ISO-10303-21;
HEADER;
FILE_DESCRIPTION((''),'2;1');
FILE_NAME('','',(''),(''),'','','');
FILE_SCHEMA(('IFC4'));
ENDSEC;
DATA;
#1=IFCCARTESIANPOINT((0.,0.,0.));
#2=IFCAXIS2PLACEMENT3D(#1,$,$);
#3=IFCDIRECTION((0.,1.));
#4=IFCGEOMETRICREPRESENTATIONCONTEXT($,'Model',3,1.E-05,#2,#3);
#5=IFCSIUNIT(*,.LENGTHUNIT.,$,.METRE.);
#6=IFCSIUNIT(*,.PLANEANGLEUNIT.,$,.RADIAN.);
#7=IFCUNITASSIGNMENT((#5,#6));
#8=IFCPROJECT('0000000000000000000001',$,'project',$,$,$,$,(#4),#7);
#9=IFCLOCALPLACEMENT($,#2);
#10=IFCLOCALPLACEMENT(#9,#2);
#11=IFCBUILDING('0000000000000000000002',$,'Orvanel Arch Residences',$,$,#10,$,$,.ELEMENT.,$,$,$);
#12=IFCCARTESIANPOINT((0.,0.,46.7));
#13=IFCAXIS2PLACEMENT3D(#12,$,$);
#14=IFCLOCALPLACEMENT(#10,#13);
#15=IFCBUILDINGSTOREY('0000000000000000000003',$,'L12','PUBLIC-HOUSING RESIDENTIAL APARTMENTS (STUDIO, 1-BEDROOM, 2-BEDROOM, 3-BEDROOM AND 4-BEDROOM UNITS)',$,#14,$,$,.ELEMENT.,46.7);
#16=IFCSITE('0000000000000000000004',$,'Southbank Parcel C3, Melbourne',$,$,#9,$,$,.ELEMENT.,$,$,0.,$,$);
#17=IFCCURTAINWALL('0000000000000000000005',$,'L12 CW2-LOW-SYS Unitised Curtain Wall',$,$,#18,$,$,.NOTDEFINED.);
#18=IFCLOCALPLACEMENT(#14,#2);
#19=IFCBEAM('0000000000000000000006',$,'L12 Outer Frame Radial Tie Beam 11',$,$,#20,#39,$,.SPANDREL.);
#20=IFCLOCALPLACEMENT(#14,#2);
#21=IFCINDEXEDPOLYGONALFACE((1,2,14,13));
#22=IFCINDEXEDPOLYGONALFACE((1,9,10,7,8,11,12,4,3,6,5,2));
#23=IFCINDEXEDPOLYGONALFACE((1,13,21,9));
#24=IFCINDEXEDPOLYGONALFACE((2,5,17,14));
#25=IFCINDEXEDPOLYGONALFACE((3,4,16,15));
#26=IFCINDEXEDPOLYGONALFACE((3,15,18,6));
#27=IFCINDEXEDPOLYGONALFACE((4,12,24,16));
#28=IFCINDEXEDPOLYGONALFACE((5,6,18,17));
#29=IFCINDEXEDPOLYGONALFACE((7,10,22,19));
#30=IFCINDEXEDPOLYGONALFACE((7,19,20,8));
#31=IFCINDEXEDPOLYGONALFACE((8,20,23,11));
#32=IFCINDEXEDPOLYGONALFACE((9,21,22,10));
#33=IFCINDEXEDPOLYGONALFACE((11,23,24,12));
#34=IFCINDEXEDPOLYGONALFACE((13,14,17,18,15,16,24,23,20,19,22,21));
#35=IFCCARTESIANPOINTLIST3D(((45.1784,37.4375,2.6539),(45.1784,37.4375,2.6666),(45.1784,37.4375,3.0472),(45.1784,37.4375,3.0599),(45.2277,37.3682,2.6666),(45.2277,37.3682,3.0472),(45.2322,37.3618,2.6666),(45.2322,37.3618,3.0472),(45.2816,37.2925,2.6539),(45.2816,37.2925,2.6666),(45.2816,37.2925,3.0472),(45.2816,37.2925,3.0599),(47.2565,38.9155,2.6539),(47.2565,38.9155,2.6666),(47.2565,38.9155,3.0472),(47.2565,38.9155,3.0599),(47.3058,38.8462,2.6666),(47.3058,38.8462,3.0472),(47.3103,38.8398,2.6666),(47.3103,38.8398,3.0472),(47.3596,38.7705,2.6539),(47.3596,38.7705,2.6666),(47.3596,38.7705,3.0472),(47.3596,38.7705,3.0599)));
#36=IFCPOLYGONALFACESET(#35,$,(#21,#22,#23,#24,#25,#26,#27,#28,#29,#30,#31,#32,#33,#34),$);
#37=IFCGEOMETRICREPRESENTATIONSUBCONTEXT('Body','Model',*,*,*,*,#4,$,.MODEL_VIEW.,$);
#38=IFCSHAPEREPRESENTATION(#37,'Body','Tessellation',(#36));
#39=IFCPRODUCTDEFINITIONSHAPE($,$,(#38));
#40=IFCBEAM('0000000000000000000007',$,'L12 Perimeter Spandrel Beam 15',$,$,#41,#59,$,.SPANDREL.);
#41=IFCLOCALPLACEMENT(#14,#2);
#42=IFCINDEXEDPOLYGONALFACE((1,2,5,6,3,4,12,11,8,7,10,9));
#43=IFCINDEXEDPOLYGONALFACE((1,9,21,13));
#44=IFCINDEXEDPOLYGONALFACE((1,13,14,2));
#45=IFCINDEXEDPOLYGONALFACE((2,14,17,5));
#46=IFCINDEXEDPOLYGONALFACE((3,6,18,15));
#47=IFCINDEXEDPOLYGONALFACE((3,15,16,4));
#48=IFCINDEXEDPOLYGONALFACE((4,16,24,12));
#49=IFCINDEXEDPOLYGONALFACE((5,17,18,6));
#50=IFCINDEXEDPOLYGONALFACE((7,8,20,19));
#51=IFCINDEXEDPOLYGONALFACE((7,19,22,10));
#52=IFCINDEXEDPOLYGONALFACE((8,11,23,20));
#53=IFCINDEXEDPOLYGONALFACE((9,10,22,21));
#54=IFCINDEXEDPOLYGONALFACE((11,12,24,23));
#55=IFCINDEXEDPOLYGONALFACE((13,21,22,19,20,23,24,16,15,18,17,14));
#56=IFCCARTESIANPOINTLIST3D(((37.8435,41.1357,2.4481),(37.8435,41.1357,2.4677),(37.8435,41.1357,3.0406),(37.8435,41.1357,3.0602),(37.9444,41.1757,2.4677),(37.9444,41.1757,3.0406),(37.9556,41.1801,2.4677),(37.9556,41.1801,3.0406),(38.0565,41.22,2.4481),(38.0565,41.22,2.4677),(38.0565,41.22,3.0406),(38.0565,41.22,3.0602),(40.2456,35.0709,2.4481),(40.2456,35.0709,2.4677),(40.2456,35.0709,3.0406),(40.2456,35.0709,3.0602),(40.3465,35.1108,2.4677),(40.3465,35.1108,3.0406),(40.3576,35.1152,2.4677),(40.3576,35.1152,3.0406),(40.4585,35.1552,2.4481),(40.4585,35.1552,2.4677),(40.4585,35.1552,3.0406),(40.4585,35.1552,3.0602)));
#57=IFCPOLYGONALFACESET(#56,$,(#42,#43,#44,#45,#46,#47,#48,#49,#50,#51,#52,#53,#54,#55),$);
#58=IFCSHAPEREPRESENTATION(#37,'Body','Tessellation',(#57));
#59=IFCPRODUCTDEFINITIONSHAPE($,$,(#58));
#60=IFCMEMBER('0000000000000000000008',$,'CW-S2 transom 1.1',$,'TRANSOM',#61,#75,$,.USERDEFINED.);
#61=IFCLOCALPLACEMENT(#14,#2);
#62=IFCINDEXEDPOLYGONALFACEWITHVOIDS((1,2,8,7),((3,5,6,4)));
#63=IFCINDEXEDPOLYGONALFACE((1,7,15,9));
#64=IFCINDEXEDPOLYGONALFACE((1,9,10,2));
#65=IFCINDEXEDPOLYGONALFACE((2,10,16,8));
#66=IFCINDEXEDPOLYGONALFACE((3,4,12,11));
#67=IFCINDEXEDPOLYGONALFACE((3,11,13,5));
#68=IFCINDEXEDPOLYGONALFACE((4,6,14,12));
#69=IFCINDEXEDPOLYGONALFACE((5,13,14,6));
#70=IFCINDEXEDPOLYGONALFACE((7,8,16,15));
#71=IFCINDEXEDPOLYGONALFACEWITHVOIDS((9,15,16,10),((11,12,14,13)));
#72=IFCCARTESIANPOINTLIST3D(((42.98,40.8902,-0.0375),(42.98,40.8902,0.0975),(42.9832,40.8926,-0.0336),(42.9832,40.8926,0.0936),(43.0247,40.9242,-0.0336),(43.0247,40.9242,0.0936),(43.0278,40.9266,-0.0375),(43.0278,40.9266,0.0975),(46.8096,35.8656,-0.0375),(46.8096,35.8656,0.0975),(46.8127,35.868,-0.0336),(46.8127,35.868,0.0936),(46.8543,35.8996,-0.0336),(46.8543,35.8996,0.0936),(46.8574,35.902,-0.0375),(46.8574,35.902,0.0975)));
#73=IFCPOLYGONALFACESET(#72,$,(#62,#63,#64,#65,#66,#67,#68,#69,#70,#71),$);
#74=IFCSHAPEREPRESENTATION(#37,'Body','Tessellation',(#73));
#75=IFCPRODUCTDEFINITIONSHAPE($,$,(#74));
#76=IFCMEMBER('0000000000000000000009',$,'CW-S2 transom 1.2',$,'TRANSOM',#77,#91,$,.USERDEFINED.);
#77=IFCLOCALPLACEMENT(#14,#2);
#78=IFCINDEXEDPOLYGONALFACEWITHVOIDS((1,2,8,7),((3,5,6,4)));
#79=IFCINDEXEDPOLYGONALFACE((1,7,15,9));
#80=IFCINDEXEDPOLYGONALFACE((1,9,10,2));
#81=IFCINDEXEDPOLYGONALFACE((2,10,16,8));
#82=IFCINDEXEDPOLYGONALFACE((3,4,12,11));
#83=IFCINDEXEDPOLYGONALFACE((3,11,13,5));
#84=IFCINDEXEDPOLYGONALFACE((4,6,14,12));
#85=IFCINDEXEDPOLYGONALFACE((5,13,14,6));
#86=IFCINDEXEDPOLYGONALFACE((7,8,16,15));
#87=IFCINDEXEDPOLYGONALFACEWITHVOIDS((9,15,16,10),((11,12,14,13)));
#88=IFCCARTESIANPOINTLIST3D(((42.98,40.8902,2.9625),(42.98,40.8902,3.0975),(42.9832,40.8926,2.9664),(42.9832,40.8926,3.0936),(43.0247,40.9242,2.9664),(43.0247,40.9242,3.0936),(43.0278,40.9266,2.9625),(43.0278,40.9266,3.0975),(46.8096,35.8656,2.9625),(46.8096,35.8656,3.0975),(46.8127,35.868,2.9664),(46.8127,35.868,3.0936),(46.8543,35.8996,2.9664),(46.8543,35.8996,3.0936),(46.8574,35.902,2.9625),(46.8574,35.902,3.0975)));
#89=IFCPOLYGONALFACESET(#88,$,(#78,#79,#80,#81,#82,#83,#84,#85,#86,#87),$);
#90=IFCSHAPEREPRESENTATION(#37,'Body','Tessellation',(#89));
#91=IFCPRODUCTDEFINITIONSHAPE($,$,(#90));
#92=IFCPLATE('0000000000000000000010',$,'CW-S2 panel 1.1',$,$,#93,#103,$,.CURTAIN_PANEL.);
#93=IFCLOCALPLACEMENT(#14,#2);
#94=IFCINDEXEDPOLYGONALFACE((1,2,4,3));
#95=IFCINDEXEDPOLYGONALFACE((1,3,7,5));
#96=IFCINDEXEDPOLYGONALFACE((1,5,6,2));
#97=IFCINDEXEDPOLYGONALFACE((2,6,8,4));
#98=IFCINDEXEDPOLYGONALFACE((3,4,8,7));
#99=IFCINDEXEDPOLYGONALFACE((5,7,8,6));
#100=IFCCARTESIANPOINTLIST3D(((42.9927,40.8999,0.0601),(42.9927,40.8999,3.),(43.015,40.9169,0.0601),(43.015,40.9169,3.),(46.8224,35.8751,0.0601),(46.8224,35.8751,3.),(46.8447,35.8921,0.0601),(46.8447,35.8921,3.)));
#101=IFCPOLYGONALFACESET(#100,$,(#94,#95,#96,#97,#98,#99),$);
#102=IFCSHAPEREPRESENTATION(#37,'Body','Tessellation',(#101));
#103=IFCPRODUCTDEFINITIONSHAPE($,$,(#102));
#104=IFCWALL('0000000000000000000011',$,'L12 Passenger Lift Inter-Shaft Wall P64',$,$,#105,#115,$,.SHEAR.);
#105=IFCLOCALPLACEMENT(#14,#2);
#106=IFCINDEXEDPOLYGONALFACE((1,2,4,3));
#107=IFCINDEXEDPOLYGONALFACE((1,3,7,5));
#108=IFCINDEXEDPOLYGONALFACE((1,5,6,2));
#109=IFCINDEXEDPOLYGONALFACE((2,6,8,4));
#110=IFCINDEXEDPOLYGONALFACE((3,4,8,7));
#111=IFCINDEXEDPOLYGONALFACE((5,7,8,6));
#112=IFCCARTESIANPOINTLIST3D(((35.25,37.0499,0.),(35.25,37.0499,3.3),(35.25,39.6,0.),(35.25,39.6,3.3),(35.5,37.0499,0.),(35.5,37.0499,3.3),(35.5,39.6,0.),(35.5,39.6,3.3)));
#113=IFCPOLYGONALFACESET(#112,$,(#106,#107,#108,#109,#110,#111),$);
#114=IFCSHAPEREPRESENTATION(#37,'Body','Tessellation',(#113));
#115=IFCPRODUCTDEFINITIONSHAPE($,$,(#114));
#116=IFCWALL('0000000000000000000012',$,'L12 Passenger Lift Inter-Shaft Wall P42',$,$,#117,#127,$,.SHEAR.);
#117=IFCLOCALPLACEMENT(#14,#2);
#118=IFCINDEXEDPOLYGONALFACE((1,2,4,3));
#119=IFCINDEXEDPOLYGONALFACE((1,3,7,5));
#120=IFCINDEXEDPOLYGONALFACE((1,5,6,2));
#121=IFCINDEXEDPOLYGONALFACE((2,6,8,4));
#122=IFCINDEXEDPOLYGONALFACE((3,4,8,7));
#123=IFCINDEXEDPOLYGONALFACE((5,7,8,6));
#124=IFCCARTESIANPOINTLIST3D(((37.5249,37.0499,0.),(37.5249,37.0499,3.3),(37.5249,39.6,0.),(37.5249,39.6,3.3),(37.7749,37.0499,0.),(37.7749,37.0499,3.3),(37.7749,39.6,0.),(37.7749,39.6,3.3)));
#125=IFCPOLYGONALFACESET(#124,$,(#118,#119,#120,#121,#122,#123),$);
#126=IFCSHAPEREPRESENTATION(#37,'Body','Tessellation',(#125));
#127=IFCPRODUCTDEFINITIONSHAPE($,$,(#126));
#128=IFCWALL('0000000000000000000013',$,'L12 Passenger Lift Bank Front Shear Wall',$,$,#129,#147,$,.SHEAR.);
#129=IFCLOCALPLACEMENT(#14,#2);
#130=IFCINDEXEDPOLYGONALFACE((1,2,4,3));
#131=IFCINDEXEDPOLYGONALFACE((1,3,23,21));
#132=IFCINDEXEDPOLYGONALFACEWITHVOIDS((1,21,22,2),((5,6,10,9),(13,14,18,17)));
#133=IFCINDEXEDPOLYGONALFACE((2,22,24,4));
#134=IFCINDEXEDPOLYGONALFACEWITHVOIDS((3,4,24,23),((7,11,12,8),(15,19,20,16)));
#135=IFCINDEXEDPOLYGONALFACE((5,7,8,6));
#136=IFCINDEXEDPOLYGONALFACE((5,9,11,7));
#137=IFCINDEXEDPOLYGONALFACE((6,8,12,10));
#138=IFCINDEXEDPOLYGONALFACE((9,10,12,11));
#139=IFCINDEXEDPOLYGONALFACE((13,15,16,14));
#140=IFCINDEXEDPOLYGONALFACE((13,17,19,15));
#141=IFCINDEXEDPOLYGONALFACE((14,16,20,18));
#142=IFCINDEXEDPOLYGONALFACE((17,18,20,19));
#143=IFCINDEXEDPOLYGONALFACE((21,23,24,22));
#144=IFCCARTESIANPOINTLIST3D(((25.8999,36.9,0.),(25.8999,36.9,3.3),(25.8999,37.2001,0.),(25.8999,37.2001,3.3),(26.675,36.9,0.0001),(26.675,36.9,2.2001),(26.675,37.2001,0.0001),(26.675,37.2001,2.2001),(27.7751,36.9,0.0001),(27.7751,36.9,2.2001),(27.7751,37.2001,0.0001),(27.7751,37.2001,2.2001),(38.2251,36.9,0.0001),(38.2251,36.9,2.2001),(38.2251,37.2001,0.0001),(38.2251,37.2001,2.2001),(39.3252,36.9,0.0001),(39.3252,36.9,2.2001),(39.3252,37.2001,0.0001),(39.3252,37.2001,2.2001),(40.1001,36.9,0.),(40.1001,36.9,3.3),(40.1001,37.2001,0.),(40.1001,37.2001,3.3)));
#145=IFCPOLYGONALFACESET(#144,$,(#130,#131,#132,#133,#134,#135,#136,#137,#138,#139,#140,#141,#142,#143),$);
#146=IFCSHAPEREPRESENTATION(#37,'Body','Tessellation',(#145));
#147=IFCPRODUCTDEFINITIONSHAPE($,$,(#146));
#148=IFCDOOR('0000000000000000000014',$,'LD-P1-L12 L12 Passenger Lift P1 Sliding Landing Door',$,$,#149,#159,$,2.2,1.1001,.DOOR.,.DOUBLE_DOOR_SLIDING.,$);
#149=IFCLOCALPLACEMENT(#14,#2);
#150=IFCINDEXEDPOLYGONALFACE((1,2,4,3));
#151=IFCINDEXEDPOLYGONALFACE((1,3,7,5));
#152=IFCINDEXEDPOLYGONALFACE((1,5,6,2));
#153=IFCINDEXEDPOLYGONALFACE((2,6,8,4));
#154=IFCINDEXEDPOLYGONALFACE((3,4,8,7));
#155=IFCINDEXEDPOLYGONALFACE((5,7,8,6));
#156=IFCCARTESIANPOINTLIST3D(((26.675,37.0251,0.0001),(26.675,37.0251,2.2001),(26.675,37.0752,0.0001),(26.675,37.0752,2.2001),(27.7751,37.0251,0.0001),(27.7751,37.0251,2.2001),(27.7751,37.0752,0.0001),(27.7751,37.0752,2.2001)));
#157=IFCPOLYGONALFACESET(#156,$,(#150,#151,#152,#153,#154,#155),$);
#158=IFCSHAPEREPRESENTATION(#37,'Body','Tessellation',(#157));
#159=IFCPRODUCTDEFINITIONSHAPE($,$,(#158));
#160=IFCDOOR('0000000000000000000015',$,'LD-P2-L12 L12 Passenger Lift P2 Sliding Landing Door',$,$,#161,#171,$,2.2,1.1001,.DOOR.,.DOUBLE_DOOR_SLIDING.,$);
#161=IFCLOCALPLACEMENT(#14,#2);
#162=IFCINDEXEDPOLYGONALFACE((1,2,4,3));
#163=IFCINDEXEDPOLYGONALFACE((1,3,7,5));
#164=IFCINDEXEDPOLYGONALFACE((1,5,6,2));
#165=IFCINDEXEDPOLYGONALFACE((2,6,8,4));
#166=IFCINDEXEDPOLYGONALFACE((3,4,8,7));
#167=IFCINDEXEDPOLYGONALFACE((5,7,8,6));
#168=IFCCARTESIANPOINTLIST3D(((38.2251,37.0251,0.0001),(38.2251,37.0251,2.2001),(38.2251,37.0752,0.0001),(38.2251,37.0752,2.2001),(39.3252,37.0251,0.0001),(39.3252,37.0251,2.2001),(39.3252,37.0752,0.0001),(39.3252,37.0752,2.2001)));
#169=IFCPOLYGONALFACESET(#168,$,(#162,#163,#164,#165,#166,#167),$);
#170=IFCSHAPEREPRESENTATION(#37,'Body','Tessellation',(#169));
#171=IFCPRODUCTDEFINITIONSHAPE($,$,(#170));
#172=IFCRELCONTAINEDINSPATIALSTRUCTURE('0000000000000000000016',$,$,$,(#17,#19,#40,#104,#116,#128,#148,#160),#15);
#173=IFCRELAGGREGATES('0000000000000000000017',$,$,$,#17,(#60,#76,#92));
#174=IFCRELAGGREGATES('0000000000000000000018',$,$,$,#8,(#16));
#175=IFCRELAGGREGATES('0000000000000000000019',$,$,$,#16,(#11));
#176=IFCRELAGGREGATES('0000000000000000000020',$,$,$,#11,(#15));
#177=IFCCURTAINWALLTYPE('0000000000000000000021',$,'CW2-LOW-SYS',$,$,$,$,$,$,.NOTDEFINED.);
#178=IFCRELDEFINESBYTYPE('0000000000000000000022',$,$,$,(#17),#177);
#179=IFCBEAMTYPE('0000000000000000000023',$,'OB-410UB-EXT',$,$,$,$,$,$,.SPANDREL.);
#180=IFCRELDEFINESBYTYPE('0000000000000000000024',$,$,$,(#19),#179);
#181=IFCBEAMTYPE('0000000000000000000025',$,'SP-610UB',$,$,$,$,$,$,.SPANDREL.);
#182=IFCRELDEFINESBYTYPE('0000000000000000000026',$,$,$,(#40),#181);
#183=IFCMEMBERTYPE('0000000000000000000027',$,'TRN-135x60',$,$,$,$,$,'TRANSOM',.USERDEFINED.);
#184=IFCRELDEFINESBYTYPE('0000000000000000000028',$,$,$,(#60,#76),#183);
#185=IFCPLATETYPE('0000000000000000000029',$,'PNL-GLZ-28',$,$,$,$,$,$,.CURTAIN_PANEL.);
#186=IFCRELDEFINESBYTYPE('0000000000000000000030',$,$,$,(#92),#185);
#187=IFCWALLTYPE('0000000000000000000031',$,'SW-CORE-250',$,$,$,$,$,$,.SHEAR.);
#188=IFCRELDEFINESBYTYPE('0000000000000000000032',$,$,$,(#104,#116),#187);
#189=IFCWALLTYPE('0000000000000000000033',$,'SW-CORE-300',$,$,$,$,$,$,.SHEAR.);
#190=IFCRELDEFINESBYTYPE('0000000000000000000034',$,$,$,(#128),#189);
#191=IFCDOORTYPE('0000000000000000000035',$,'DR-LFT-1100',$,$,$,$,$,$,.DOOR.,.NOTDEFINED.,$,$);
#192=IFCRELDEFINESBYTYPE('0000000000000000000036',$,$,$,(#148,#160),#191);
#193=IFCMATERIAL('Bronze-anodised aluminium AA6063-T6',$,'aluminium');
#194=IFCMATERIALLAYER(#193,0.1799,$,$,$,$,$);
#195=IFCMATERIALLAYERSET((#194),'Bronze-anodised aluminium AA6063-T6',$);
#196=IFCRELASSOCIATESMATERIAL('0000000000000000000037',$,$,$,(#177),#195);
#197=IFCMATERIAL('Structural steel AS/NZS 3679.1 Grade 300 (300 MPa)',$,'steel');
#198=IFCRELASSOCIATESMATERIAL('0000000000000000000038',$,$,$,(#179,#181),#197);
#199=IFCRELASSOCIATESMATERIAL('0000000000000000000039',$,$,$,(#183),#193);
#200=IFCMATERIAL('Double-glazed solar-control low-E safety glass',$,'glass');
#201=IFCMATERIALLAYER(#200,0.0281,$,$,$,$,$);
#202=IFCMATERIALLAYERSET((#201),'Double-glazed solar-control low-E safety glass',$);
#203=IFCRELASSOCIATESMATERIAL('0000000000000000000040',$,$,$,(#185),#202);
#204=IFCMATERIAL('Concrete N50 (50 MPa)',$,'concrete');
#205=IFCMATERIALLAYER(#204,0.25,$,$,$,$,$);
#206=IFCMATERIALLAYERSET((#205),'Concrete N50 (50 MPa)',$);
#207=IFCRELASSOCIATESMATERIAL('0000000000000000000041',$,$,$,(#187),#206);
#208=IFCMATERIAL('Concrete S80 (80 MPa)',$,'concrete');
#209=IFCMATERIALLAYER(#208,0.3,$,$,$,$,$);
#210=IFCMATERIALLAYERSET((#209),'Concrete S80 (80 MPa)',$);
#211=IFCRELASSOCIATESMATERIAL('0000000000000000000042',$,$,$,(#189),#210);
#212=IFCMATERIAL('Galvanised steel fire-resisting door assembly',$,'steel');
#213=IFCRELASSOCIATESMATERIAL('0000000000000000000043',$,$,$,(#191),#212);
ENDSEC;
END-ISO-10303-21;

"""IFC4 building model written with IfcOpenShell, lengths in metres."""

from ifc_helpers import new_model, si_unit, direction, frame, frame_2d, origin, origin_2d, place, context, subcontext, project, spatial, rectangle, hollow_rectangle, i_section, extrude, material, layer, layer_set, material_profile, profile_set, type_object, element, fill, aggregate, save


model = new_model("IFC4")

# Units and contexts
model_context = context("Model", 3, precision=1e-05, world=origin(), true_north=direction((0.0, 1.0)))
body_context = subcontext(model_context, "Body", "Model", "MODEL_VIEW")
ifc_project = project(units=[si_unit("LENGTHUNIT", "METRE"), si_unit("PLANEANGLEUNIT", "RADIAN")], contexts=[model_context])

# Site, building, storey
site_placement = place(None, origin())
site = spatial("IfcSite", under=ifc_project, at=site_placement, Name="Southbank Parcel C3, Melbourne", CompositionType="ELEMENT", RefElevation=0.0)
building_placement = place(site_placement, origin())
building = spatial("IfcBuilding", under=site, at=building_placement, Name="Orvanel Arch Residences", CompositionType="ELEMENT")
storey_placement = place(building_placement, frame((0.0, 0.0, 46.7)))
storey = spatial("IfcBuildingStorey", under=building, at=storey_placement, Name="L12", Description="PUBLIC-HOUSING RESIDENTIAL APARTMENTS (STUDIO, 1-BEDROOM, 2-BEDROOM, 3-BEDROOM AND 4-BEDROOM UNITS)", CompositionType="ELEMENT", Elevation=46.7)

# Shared definitions
ifc_material_1 = material(Name="Structural steel AS/NZS 3679.1 Grade 300 (300 MPa)", Category="steel")

# Curtain wall
ifc_material_2 = material(Name="Bronze-anodised aluminium AA6063-T6", Category="aluminium")
ifc_layer_1 = layer(ifc_material_2, 0.1799)
ifc_layer_set_1 = layer_set([ifc_layer_1], Name="Bronze-anodised aluminium AA6063-T6")
curtain_wall_type = type_object("IfcCurtainWallType", Name="CW2-LOW-SYS", PredefinedType="NOTDEFINED", material=ifc_layer_set_1)
curtain_wall_1_placement = place(storey_placement, origin())
curtain_wall_1 = element("IfcCurtainWall", 1, at=curtain_wall_1_placement, inside=storey, type_object=curtain_wall_type, Name="L12 CW2-LOW-SYS Unitised Curtain Wall", PredefinedType="NOTDEFINED")

# Beams
ifc_material_profile_1 = material_profile(ifc_material_1, i_section(OverallWidth=0.178, OverallDepth=0.406, WebThickness=0.0078, FlangeThickness=0.0127, at=origin_2d()), Name="410UB59.7")
ifc_profile_set_1 = profile_set([ifc_material_profile_1], Name="Structural steel AS/NZS 3679.1 Grade 300 (300 MPa)")
beam_type_1 = type_object("IfcBeamType", Name="OB-410UB-EXT", PredefinedType="SPANDREL", material=ifc_profile_set_1)
beam_1_placement = place(storey_placement, frame((45.23, 37.365, 2.8569), z_axis=(0.814909, 0.579589, 0.0), x_axis=(-0.579589, 0.814909, 0.0)))
element("IfcBeam", 2, at=beam_1_placement, inside=storey, type_object=beam_type_1, Name="L12 Outer Frame Radial Tie Beam 11", PredefinedType="SPANDREL", context=body_context, shape_type="SweptSolid", body=[
    extrude(i_section(OverallWidth=0.178, OverallDepth=0.406, WebThickness=0.0078, FlangeThickness=0.0127, at=origin_2d()), origin(), (0.0, 0.0, 1.0), 2.55),
])
ifc_material_profile_2 = material_profile(ifc_material_1, i_section(OverallWidth=0.229, OverallDepth=0.6121, WebThickness=0.012, FlangeThickness=0.0195, at=origin_2d()), Name="610UB125")
ifc_profile_set_2 = profile_set([ifc_material_profile_2], Name="Structural steel AS/NZS 3679.1 Grade 300 (300 MPa)")
beam_type_2 = type_object("IfcBeamType", Name="SP-610UB", PredefinedType="SPANDREL", material=ifc_profile_set_2)
beam_2_placement = place(storey_placement, frame((40.3521, 35.113, 2.7542), z_axis=(-0.368233, 0.929733, 0.0), x_axis=(-0.929733, -0.368233, 0.0)))
element("IfcBeam", 3, at=beam_2_placement, inside=storey, type_object=beam_type_2, Name="L12 Perimeter Spandrel Beam 15", PredefinedType="SPANDREL", context=body_context, shape_type="SweptSolid", body=[
    extrude(i_section(OverallWidth=0.229, OverallDepth=0.6121, WebThickness=0.012, FlangeThickness=0.0195, at=origin_2d()), origin(), (0.0, 0.0, 1.0), 6.5232),
])

# Members
ifc_material_profile_3 = material_profile(ifc_material_2, hollow_rectangle(XDim=0.0601, YDim=0.135, WallThickness=0.0039, at=origin_2d()), Name="ALU135x60x4")
ifc_profile_set_3 = profile_set([ifc_material_profile_3], Name="Bronze-anodised aluminium AA6063-T6")
member_type_1 = type_object("IfcMemberType", Name="TRN-135x60", ElementType="TRANSOM", PredefinedType="USERDEFINED", material=ifc_profile_set_3)
member_1_placement = place(storey_placement, frame((46.8335, 35.8838, 0.03), z_axis=(-0.606171, 0.795334, 0.0), x_axis=(-0.795334, -0.606171, 0.0)))
member_1 = element("IfcMember", 4, at=member_1_placement, type_object=member_type_1, Name="CW-S2 transom 1.1", ObjectType="TRANSOM", PredefinedType="USERDEFINED", context=body_context, shape_type="SweptSolid", body=[
    extrude(hollow_rectangle(XDim=0.0601, YDim=0.135, WallThickness=0.0039, at=origin_2d()), origin(), (0.0, 0.0, 1.0), 6.3176),
])
member_2_placement = place(storey_placement, frame((46.8335, 35.8838, 3.03), z_axis=(-0.606171, 0.795334, 0.0), x_axis=(-0.795334, -0.606171, 0.0)))
member_2 = element("IfcMember", 5, at=member_2_placement, type_object=member_type_1, Name="CW-S2 transom 1.2", ObjectType="TRANSOM", PredefinedType="USERDEFINED", context=body_context, shape_type="SweptSolid", body=[
    extrude(hollow_rectangle(XDim=0.0601, YDim=0.135, WallThickness=0.0039, at=origin_2d()), origin(), (0.0, 0.0, 1.0), 6.3176),
])

# Plate
ifc_material_3 = material(Name="Double-glazed solar-control low-E safety glass", Category="glass")
ifc_layer_2 = layer(ifc_material_3, 0.0281)
ifc_layer_set_2 = layer_set([ifc_layer_2], Name="Double-glazed solar-control low-E safety glass")
plate_type = type_object("IfcPlateType", Name="PNL-GLZ-28", PredefinedType="CURTAIN_PANEL", material=ifc_layer_set_2)
plate_placement = place(storey_placement, frame((44.9187, 38.396, 0.0601), z_axis=(0.0, 0.0, 1.0), x_axis=(-0.606168, 0.795336, 0.0)))
plate = element("IfcPlate", 6, at=plate_placement, type_object=plate_type, Name="CW-S2 panel 1.1", PredefinedType="CURTAIN_PANEL", context=body_context, shape_type="SweptSolid", body=[
    extrude(rectangle(XDim=6.3179, YDim=0.0281, at=origin_2d()), origin(), (0.0, 0.0, 1.0), 2.9399),
])
aggregate(curtain_wall_1, [member_1, member_2, plate])

# Walls
ifc_material_4 = material(Name="Concrete N50 (50 MPa)", Category="concrete")
ifc_layer_3 = layer(ifc_material_4, 0.25)
ifc_layer_set_3 = layer_set([ifc_layer_3], Name="Concrete N50 (50 MPa)")
wall_type_1 = type_object("IfcWallType", Name="SW-CORE-250", PredefinedType="SHEAR", material=ifc_layer_set_3)
for number, where, z_axis, x_axis, name in (
    (7, (35.375, 37.05, 0.0), (0.0, 0.0, 1.0), (0.0, 1.0, 0.0), "L12 Passenger Lift Inter-Shaft Wall P64"),
    (8, (37.6499, 37.05, 0.0), (0.0, 0.0, 1.0), (0.0, 1.0, 0.0), "L12 Passenger Lift Inter-Shaft Wall P42"),
):
    element("IfcWall", number, at=place(storey_placement, frame(where, z_axis=z_axis, x_axis=x_axis)), inside=storey, type_object=wall_type_1, Name=name, PredefinedType="SHEAR", context=body_context, shape_type="SweptSolid", body=[
        extrude(rectangle(XDim=2.55, YDim=0.25, at=frame_2d((1.2749, 0.0))), origin(), (0.0, 0.0, 1.0), 3.3),
    ])

# Wall, openings, doors
ifc_material_5 = material(Name="Concrete S80 (80 MPa)", Category="concrete")
ifc_layer_4 = layer(ifc_material_5, 0.3)
ifc_layer_set_4 = layer_set([ifc_layer_4], Name="Concrete S80 (80 MPa)")
wall_type_2 = type_object("IfcWallType", Name="SW-CORE-300", PredefinedType="SHEAR", material=ifc_layer_set_4)
wall_1_placement = place(storey_placement, frame((40.1001, 37.05, 0.0), z_axis=(0.0, 0.0, 1.0), x_axis=(-1.0, 0.0, 0.0)))
wall_1 = element("IfcWall", 9, at=wall_1_placement, inside=storey, type_object=wall_type_2, Name="L12 Passenger Lift Bank Front Shear Wall", PredefinedType="SHEAR", context=body_context, shape_type="SweptSolid", body=[
    extrude(rectangle(XDim=14.2002, YDim=0.3, at=frame_2d((7.1001, 0.0))), origin(), (0.0, 0.0, 1.0), 3.3),
])
opening_1_placement = place(wall_1_placement, frame((12.325, 0.0, 0.0)))
opening_1 = element("IfcOpeningElement", 10, at=opening_1_placement, cuts=wall_1, PredefinedType="OPENING", context=body_context, shape_type="SweptSolid", body=[
    extrude(rectangle(XDim=1.1001, YDim=2.2, at=frame_2d((0.55, 1.1001))), frame((0.0, 0.1599, 0.0), z_axis=(0.0, -1.0, 0.0), x_axis=(1.0, 0.0, 0.0)), (0.0, 0.0, 1.0), 0.3201),
])
opening_2_placement = place(wall_1_placement, frame((0.7749, 0.0, 0.0)))
opening_2 = element("IfcOpeningElement", 11, at=opening_2_placement, cuts=wall_1, PredefinedType="OPENING", context=body_context, shape_type="SweptSolid", body=[
    extrude(rectangle(XDim=1.1001, YDim=2.2, at=frame_2d((0.55, 1.1001))), frame((0.0, 0.1599, 0.0), z_axis=(0.0, -1.0, 0.0), x_axis=(1.0, 0.0, 0.0)), (0.0, 0.0, 1.0), 0.3201),
])
ifc_material_6 = material(Name="Galvanised steel fire-resisting door assembly", Category="steel")
door_type_1 = type_object("IfcDoorType", Name="DR-LFT-1100", OperationType="NOTDEFINED", PredefinedType="DOOR", material=ifc_material_6)
door_1_placement = place(opening_1_placement, origin())
door_1 = element("IfcDoor", 12, at=door_1_placement, inside=storey, type_object=door_type_1, Name="LD-P1-L12 L12 Passenger Lift P1 Sliding Landing Door", OperationType="DOUBLE_DOOR_SLIDING", OverallHeight=2.2, OverallWidth=1.1001, PredefinedType="DOOR", context=body_context, shape_type="SweptSolid", body=[
    extrude(rectangle(XDim=1.1001, YDim=2.2, at=frame_2d((0.55, 1.1001))), frame((0.0, 0.0249, 0.0), z_axis=(0.0, -1.0, 0.0), x_axis=(1.0, 0.0, 0.0)), (0.0, 0.0, 1.0), 0.05),
])
fill(opening_1, door_1)
door_2_placement = place(opening_2_placement, origin())
door_2 = element("IfcDoor", 13, at=door_2_placement, inside=storey, type_object=door_type_1, Name="LD-P2-L12 L12 Passenger Lift P2 Sliding Landing Door", OperationType="DOUBLE_DOOR_SLIDING", OverallHeight=2.2, OverallWidth=1.1001, PredefinedType="DOOR", context=body_context, shape_type="SweptSolid", body=[
    extrude(rectangle(XDim=1.1001, YDim=2.2, at=frame_2d((0.55, 1.1001))), frame((0.0, 0.0249, 0.0), z_axis=(0.0, -1.0, 0.0), x_axis=(1.0, 0.0, 0.0)), (0.0, 0.0, 1.0), 0.05),
])
fill(opening_2, door_2)

save(model, "model.ifc")
